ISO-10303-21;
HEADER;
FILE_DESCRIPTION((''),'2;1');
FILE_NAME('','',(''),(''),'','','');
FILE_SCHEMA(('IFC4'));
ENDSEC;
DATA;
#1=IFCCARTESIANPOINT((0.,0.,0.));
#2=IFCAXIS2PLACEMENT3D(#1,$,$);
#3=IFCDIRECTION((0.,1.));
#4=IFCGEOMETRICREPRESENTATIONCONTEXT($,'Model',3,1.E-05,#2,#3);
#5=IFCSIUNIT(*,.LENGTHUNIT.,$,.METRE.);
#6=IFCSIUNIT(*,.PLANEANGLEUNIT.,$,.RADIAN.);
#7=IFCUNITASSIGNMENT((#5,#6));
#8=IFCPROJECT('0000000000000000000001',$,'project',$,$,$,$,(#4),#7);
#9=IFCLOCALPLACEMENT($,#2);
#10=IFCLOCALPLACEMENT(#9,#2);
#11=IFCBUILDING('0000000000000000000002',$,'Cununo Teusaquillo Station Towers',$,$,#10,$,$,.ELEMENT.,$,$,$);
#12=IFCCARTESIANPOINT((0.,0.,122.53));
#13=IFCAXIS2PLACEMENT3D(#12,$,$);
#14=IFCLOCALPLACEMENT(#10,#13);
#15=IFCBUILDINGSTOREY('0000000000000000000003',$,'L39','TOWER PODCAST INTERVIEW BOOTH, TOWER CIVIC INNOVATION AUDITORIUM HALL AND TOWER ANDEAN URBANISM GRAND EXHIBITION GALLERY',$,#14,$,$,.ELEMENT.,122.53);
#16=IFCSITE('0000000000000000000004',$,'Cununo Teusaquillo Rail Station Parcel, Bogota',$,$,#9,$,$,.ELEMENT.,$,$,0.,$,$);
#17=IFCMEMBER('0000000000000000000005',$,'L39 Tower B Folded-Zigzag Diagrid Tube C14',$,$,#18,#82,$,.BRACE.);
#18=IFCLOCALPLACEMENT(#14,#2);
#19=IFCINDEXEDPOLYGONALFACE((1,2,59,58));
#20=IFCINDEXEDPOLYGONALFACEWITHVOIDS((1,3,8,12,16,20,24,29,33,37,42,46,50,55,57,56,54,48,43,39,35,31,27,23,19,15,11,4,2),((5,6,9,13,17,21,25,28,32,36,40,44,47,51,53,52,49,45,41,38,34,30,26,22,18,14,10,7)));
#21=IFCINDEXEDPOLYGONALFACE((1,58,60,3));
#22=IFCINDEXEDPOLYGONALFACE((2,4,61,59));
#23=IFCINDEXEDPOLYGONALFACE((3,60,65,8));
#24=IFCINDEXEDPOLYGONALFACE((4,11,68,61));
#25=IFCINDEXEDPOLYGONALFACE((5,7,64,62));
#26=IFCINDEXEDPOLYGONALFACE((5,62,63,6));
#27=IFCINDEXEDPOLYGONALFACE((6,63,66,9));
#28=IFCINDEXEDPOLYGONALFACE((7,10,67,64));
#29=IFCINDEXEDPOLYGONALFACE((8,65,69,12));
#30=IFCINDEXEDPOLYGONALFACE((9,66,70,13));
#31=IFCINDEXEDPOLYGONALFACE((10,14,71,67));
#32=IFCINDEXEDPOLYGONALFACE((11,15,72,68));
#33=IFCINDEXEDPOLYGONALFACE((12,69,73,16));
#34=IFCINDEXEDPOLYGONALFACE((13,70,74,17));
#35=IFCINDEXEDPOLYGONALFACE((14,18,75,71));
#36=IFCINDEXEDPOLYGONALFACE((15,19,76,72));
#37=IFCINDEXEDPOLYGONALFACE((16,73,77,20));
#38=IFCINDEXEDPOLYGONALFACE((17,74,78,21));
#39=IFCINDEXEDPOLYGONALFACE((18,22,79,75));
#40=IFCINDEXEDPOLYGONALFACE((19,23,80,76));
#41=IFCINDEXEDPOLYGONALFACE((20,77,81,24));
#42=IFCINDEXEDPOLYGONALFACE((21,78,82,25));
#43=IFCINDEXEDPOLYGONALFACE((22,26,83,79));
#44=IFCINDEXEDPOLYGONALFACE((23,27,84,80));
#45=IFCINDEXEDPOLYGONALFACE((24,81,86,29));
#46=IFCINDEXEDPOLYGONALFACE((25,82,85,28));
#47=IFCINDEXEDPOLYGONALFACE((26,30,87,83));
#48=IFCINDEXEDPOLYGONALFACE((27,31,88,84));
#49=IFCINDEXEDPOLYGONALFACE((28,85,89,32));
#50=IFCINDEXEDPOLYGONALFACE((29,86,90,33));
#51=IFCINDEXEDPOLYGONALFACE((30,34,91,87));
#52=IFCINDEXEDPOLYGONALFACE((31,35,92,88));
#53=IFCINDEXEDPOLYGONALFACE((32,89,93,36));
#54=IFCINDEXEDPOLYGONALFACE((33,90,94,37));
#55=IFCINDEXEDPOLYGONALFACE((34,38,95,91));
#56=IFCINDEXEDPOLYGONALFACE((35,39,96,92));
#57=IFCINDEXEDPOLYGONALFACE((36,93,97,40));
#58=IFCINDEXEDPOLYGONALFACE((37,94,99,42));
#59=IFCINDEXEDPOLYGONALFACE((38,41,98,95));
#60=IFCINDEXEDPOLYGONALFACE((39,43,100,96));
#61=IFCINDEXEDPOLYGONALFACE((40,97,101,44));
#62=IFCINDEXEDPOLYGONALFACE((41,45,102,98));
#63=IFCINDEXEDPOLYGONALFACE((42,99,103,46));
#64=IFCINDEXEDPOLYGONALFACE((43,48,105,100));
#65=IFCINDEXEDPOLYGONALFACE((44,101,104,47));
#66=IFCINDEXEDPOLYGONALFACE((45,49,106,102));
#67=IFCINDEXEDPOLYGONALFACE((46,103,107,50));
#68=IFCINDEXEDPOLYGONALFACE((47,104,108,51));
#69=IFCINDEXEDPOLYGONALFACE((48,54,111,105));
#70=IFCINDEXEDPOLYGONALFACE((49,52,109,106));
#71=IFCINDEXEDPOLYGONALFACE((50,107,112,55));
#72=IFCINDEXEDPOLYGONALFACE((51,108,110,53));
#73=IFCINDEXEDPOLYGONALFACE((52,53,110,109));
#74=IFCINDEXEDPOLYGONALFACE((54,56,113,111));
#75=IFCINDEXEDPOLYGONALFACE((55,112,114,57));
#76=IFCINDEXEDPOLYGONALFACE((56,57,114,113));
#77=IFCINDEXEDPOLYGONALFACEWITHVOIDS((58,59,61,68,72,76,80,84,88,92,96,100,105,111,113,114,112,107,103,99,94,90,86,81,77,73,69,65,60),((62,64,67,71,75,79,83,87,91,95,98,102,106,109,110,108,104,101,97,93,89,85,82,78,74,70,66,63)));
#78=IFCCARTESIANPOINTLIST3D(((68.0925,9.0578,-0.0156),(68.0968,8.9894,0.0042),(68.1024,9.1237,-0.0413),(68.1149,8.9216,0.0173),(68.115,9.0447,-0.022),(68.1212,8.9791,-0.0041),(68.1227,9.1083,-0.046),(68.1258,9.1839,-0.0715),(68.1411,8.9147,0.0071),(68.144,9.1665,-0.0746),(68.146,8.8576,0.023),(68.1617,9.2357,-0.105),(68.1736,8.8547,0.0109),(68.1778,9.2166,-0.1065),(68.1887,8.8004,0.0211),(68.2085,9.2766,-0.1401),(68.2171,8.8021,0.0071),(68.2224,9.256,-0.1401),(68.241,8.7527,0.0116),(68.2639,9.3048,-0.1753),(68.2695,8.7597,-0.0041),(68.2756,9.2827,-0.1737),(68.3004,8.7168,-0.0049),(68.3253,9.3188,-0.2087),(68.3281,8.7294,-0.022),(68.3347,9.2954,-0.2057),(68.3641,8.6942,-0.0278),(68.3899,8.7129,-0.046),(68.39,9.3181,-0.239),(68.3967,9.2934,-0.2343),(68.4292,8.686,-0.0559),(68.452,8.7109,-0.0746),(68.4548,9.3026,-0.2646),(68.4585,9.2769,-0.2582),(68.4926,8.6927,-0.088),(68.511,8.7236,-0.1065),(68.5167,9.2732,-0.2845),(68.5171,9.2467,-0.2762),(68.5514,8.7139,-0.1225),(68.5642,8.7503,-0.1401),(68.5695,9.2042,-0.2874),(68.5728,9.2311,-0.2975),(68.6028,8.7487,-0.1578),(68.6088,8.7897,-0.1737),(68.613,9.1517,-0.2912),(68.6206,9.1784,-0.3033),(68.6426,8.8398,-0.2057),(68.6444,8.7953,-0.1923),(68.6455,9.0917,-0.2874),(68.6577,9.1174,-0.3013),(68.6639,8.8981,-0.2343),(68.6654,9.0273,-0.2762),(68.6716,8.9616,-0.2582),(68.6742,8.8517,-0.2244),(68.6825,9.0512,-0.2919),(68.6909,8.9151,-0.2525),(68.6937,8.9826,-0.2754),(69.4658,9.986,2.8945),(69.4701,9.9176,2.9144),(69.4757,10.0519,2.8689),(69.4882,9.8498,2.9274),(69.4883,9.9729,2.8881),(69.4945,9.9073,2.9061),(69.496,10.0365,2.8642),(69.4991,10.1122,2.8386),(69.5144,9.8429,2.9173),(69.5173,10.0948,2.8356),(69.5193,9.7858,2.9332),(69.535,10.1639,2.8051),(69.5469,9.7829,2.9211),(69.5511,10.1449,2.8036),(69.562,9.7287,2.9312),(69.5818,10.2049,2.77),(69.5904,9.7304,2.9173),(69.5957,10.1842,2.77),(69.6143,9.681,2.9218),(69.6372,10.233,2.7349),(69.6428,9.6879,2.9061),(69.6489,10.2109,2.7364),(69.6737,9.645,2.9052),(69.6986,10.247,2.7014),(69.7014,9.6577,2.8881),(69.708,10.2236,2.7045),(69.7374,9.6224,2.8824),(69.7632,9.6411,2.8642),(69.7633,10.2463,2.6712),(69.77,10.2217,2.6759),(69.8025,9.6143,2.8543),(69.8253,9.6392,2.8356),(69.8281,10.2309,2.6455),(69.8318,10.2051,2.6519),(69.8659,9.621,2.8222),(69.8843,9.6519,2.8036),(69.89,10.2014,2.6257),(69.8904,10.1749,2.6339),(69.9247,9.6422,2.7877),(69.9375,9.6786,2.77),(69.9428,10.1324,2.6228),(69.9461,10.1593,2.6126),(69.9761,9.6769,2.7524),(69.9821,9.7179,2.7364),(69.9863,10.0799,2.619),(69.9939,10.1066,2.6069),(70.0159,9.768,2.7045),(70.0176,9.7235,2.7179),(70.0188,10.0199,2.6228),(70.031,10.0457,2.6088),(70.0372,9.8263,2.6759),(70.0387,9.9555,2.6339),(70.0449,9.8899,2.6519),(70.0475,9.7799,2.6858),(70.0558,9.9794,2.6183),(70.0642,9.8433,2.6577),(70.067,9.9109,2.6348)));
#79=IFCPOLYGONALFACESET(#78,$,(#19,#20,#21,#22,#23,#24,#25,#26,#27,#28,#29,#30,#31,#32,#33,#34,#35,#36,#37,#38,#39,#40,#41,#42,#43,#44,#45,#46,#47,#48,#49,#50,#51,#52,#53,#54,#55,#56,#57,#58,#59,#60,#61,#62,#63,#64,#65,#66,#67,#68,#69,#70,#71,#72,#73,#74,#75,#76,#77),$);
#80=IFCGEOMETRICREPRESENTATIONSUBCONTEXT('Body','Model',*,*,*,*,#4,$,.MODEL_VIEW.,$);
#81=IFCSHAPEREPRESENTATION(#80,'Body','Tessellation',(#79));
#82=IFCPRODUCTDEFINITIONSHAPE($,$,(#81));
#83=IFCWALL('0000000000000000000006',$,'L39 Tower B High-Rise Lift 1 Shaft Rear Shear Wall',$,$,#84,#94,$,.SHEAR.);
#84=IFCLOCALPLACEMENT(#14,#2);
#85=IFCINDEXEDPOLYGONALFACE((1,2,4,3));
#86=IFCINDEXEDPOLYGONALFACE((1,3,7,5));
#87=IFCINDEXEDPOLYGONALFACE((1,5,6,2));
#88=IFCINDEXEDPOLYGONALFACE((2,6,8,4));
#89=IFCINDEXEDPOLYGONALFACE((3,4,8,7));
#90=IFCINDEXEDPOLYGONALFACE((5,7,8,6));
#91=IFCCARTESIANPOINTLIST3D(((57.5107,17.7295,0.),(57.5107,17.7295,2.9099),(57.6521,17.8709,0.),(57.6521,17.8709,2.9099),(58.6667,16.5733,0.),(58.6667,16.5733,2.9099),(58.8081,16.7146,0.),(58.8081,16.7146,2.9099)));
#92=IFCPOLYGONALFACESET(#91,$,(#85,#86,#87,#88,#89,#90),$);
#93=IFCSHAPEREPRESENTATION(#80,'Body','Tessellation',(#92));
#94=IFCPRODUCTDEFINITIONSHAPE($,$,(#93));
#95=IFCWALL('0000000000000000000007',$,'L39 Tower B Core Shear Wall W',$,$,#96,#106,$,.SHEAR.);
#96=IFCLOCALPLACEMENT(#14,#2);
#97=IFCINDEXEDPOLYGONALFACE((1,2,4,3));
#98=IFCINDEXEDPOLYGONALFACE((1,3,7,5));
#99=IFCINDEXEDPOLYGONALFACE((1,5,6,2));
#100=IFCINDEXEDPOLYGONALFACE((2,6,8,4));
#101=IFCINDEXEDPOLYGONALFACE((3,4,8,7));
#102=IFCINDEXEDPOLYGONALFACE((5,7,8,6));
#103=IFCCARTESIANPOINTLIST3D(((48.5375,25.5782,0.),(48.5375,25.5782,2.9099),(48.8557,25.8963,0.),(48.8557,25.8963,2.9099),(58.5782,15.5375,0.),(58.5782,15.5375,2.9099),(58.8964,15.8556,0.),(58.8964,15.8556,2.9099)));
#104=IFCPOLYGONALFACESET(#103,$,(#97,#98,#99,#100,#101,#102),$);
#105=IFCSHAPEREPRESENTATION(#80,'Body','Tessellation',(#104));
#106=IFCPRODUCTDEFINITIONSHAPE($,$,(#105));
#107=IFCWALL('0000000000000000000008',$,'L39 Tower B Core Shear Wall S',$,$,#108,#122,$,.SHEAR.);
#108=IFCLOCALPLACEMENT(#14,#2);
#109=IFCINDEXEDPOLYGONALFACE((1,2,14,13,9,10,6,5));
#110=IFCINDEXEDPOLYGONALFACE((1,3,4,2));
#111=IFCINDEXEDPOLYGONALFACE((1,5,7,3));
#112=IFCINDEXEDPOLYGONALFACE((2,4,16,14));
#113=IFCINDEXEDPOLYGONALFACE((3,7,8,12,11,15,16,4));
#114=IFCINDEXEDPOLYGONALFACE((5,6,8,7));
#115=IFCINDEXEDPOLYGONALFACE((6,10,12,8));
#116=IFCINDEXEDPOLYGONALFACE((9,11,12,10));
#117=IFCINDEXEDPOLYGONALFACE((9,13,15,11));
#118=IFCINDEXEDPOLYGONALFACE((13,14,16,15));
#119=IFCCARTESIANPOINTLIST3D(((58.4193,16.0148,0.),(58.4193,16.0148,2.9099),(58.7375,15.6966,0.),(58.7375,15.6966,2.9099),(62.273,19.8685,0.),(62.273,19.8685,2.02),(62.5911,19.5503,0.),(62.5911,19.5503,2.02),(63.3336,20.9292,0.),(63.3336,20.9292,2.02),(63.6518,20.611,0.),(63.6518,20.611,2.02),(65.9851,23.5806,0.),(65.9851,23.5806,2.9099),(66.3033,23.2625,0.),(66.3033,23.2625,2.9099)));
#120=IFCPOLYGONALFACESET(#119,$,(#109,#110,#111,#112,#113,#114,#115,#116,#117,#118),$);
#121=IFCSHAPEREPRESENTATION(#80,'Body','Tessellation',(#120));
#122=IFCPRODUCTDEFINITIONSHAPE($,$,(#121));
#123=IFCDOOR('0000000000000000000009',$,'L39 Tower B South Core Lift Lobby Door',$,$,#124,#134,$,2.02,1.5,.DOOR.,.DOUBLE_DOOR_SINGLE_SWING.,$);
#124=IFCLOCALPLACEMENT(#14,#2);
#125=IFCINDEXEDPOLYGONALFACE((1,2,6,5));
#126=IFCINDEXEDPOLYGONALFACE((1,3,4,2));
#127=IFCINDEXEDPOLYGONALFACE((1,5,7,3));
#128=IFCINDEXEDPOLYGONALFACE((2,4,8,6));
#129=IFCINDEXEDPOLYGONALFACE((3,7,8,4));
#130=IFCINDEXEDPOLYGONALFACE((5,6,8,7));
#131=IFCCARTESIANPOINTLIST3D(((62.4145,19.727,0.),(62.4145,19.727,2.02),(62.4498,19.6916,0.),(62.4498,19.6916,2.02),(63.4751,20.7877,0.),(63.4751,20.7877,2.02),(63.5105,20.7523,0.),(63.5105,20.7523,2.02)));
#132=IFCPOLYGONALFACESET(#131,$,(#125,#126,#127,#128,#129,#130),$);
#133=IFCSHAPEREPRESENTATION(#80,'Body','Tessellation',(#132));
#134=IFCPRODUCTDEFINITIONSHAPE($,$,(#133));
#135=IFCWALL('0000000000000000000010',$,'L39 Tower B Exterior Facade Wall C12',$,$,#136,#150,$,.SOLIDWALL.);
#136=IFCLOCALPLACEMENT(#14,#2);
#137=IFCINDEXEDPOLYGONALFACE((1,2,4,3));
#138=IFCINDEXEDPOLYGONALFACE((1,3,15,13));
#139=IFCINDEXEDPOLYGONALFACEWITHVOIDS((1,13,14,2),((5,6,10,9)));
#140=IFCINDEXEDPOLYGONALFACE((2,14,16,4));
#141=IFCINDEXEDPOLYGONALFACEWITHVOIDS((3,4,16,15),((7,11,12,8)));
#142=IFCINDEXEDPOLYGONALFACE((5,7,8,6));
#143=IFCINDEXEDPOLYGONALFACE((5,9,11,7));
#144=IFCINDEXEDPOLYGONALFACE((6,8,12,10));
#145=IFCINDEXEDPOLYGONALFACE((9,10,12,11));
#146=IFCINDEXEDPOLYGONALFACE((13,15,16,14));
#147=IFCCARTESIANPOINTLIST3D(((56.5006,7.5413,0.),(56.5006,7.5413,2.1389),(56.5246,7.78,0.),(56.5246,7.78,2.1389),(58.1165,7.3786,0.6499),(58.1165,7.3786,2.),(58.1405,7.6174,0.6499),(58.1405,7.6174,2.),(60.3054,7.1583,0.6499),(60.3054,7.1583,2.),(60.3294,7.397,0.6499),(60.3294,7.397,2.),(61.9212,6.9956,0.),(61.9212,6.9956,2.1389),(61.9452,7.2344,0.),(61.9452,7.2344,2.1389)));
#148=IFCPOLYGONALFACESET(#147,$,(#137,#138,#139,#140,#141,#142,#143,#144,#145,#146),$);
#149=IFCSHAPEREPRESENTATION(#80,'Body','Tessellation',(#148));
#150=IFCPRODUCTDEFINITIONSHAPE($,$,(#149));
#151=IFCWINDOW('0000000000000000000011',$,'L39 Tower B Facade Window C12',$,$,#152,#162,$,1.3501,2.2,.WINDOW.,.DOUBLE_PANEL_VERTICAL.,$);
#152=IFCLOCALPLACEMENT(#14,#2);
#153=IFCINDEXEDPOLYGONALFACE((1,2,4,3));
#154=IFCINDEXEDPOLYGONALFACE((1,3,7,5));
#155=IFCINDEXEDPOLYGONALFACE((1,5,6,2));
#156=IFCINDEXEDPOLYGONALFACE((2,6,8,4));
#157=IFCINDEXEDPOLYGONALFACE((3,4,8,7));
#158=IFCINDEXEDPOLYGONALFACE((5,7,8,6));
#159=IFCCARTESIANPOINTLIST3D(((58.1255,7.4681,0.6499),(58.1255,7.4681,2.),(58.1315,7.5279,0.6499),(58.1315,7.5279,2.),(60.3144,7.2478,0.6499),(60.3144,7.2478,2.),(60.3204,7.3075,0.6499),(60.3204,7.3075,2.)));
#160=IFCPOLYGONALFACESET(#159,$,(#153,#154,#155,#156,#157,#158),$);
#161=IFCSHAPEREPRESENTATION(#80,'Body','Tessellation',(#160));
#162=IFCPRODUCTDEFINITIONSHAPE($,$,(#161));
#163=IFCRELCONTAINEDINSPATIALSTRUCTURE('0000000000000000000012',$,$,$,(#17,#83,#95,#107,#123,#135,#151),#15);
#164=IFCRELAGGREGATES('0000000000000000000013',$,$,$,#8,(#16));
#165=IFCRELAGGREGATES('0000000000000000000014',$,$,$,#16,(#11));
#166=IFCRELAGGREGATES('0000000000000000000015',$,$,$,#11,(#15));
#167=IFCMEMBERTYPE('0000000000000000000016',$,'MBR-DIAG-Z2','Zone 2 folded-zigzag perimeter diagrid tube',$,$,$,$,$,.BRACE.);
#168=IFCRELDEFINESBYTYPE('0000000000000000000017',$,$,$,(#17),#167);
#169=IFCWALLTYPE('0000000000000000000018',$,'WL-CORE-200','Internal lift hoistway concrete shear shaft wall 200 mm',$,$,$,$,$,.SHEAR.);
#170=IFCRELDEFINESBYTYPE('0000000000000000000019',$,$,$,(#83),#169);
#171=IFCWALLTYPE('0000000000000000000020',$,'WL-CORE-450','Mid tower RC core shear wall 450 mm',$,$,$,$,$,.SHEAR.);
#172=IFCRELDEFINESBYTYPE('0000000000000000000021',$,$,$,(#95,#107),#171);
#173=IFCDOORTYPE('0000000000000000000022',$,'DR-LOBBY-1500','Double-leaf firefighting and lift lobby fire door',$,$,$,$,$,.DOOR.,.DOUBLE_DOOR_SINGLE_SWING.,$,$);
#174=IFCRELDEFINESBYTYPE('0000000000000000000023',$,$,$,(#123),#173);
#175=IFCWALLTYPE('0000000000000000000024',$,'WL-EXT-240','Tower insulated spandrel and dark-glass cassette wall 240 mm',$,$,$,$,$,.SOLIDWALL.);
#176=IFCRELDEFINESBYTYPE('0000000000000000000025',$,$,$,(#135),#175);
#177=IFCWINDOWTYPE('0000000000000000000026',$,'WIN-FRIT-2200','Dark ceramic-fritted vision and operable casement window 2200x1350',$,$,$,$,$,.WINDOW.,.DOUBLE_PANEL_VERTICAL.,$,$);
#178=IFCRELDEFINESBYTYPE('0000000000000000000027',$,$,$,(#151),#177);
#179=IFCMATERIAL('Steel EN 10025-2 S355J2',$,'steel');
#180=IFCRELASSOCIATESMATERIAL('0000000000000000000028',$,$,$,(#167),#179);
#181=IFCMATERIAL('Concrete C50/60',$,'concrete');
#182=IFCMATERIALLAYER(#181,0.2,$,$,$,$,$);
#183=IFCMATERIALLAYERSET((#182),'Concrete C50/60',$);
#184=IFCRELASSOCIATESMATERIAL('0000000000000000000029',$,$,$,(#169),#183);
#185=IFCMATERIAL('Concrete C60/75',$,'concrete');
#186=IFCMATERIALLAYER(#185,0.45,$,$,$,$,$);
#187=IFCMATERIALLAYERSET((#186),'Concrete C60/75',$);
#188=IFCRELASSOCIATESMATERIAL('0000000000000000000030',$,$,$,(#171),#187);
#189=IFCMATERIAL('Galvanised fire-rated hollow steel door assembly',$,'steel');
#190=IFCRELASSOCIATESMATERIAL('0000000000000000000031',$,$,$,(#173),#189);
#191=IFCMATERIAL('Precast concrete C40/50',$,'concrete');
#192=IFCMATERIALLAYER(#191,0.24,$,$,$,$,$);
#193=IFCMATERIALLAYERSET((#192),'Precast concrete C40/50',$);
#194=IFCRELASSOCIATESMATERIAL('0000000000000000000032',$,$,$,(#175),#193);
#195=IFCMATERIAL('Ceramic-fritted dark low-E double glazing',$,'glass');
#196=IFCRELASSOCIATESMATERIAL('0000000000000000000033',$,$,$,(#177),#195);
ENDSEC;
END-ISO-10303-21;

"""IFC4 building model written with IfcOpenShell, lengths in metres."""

from ifc_helpers import new_model, si_unit, direction, frame, frame_2d, origin, origin_2d, place, context, subcontext, project, spatial, rectangle, hollow_circle, extrude, source, transform, mapped, material, layer, layer_set, material_profile, profile_set, type_object, element, fill, save


model = new_model("IFC4")

# Units and contexts
model_context = context("Model", 3, precision=1e-05, world=origin(), true_north=direction((0.0, 1.0)))
body_context = subcontext(model_context, "Body", "Model", "MODEL_VIEW")
ifc_project = project(units=[si_unit("LENGTHUNIT", "METRE"), si_unit("PLANEANGLEUNIT", "RADIAN")], contexts=[model_context])

# Site, building, storey
site_placement = place(None, origin())
site = spatial("IfcSite", under=ifc_project, at=site_placement, Name="Cununo Teusaquillo Rail Station Parcel, Bogota", CompositionType="ELEMENT", RefElevation=0.0)
building_placement = place(site_placement, origin())
building = spatial("IfcBuilding", under=site, at=building_placement, Name="Cununo Teusaquillo Station Towers", CompositionType="ELEMENT")
storey_placement = place(building_placement, frame((0.0, 0.0, 122.53)))
storey = spatial("IfcBuildingStorey", under=building, at=storey_placement, Name="L39", Description="TOWER PODCAST INTERVIEW BOOTH, TOWER CIVIC INNOVATION AUDITORIUM HALL AND TOWER ANDEAN URBANISM GRAND EXHIBITION GALLERY", CompositionType="ELEMENT", Elevation=122.53)

# Member
ifc_material_1 = material(Name="Steel EN 10025-2 S355J2", Category="steel")
ifc_material_profile_1 = material_profile(ifc_material_1, hollow_circle(Radius=0.3301, WallThickness=0.0249, at=origin_2d()), Name="CHS 660x25")
ifc_profile_set_1 = profile_set([ifc_material_profile_1], Name="Steel EN 10025-2 S355J2")
member_type = type_object("IfcMemberType", Name="MBR-DIAG-Z2", Description="Zone 2 folded-zigzag perimeter diagrid tube", PredefinedType="BRACE", material=ifc_profile_set_1)
member_placement = place(storey_placement, frame((68.3933, 9.0032, -0.1401), z_axis=(0.410047, 0.277155, 0.868934), x_axis=(-0.559991, 0.828498, 0.0)))
element("IfcMember", 1, at=member_placement, inside=storey, type_object=member_type, Name="L39 Tower B Folded-Zigzag Diagrid Tube C14", PredefinedType="BRACE", context=body_context, shape_type="SweptSolid", body=[
    extrude(hollow_circle(Radius=0.3301, WallThickness=0.0249, at=origin_2d()), origin(), (0.0, 0.0, 1.0), 3.3491),
])

# Walls
ifc_material_2 = material(Name="Concrete C50/60", Category="concrete")
ifc_layer_1 = layer(ifc_material_2, 0.2)
ifc_layer_set_1 = layer_set([ifc_layer_1], Name="Concrete C50/60")
wall_type_1 = type_object("IfcWallType", Name="WL-CORE-200", Description="Internal lift hoistway concrete shear shaft wall 200 mm", PredefinedType="SHEAR", material=ifc_layer_set_1)
wall_1_placement = place(storey_placement, frame((58.7373, 16.644, 0.0), z_axis=(0.0, 0.0, 1.0), x_axis=(-0.707032, 0.707181, 0.0)))
element("IfcWall", 2, at=wall_1_placement, inside=storey, type_object=wall_type_1, Name="L39 Tower B High-Rise Lift 1 Shaft Rear Shear Wall", PredefinedType="SHEAR", context=body_context, shape_type="SweptSolid", body=[
    extrude(rectangle(XDim=1.635, YDim=0.2, at=frame_2d((0.8174, 0.0))), origin(), (0.0, 0.0, 1.0), 2.9099),
])
ifc_material_3 = material(Name="Concrete C60/75", Category="concrete")
ifc_layer_2 = layer(ifc_material_3, 0.45)
ifc_layer_set_2 = layer_set([ifc_layer_2], Name="Concrete C60/75")
wall_type_2 = type_object("IfcWallType", Name="WL-CORE-450", Description="Mid tower RC core shear wall 450 mm", PredefinedType="SHEAR", material=ifc_layer_set_2)
wall_2_placement = place(storey_placement, frame((58.7373, 15.6965, 0.0), z_axis=(0.0, 0.0, 1.0), x_axis=(-0.707107, 0.707107, 0.0)))
element("IfcWall", 3, at=wall_2_placement, inside=storey, type_object=wall_type_2, Name="L39 Tower B Core Shear Wall W", PredefinedType="SHEAR", context=body_context, shape_type="SweptSolid", body=[
    extrude(rectangle(XDim=14.1997, YDim=0.45, at=frame_2d((7.0999, 0.0))), origin(), (0.0, 0.0, 1.0), 2.9099),
])

# Wall, opening, door
wall_3_placement = place(storey_placement, frame((58.5784, 15.8557, 0.0), z_axis=(0.0, 0.0, 1.0), x_axis=(0.707107, 0.707107, 0.0)))
wall_3 = element("IfcWall", 4, at=wall_3_placement, inside=storey, type_object=wall_type_2, Name="L39 Tower B Core Shear Wall S", PredefinedType="SHEAR", context=body_context, shape_type="SweptSolid", body=[
    extrude(rectangle(XDim=10.6997, YDim=0.45, at=frame_2d((5.3499, 0.0))), origin(), (0.0, 0.0, 1.0), 2.9099),
])
shared_shape_1 = source(origin(), body_context, "Body", "SweptSolid", [
    extrude(rectangle(XDim=1.5, YDim=2.02, at=frame_2d((0.75, 1.01))), frame((0.0, 0.2349, 0.0), z_axis=(0.0, -1.0, 0.0), x_axis=(1.0, 0.0, 0.0)), (0.0, 0.0, 1.0), 0.47),
])
opening_1_placement = place(wall_3_placement, frame((5.45, 0.0, 0.0)))
opening_1 = element("IfcOpeningElement", 5, at=opening_1_placement, cuts=wall_3, PredefinedType="OPENING", context=body_context, shape_type="MappedRepresentation", body=[
    mapped(shared_shape_1, transform((0.0, 0.0, 0.0), x_axis=(1.0, 0.0, 0.0), y_axis=(0.0, 1.0, 0.0), z_axis=(0.0, 0.0, 1.0), scale=1.0)),
])
ifc_material_4 = material(Name="Galvanised fire-rated hollow steel door assembly", Category="steel")
door_type_1 = type_object("IfcDoorType", Name="DR-LOBBY-1500", Description="Double-leaf firefighting and lift lobby fire door", OperationType="DOUBLE_DOOR_SINGLE_SWING", PredefinedType="DOOR", material=ifc_material_4)
shared_shape_2 = source(origin(), body_context, "Body", "SweptSolid", [
    extrude(rectangle(XDim=1.5, YDim=2.02, at=frame_2d((0.75, 1.01))), frame((0.0, 0.0249, 0.0), z_axis=(0.0, -1.0, 0.0), x_axis=(1.0, 0.0, 0.0)), (0.0, 0.0, 1.0), 0.05),
])
door_1_placement = place(opening_1_placement, origin())
door_1 = element("IfcDoor", 6, at=door_1_placement, inside=storey, type_object=door_type_1, Name="L39 Tower B South Core Lift Lobby Door", OperationType="DOUBLE_DOOR_SINGLE_SWING", OverallHeight=2.02, OverallWidth=1.5, PredefinedType="DOOR", context=body_context, shape_type="MappedRepresentation", body=[
    mapped(shared_shape_2, transform((0.0, 0.0, 0.0), x_axis=(1.0, 0.0, 0.0), y_axis=(0.0, 1.0, 0.0), z_axis=(0.0, 0.0, 1.0), scale=1.0)),
])
fill(opening_1, door_1)

# Wall, opening, window
ifc_material_5 = material(Name="Precast concrete C40/50", Category="concrete")
ifc_layer_3 = layer(ifc_material_5, 0.24)
ifc_layer_set_3 = layer_set([ifc_layer_3], Name="Precast concrete C40/50")
wall_type_3 = type_object("IfcWallType", Name="WL-EXT-240", Description="Tower insulated spandrel and dark-glass cassette wall 240 mm", PredefinedType="SOLIDWALL", material=ifc_layer_set_3)
wall_4_placement = place(storey_placement, frame((61.9333, 7.115, 0.0), z_axis=(0.0, 0.0, 1.0), x_axis=(-0.994972, 0.100156, 0.0)))
wall_4 = element("IfcWall", 7, at=wall_4_placement, inside=storey, type_object=wall_type_3, Name="L39 Tower B Exterior Facade Wall C12", PredefinedType="SOLIDWALL", context=body_context, shape_type="SweptSolid", body=[
    extrude(rectangle(XDim=5.448, YDim=0.24, at=frame_2d((2.7241, 0.0))), origin(), (0.0, 0.0, 1.0), 2.1389),
])
shared_shape_3 = source(origin(), body_context, "Body", "SweptSolid", [
    extrude(rectangle(XDim=2.2, YDim=1.3501, at=frame_2d((1.1001, 0.675))), frame((0.0, 0.1299, 0.0), z_axis=(0.0, -1.0, 0.0), x_axis=(1.0, 0.0, 0.0)), (0.0, 0.0, 1.0), 0.26),
])
opening_2_placement = place(wall_4_placement, frame((1.624, 0.0, 0.6499)))
opening_2 = element("IfcOpeningElement", 8, at=opening_2_placement, cuts=wall_4, PredefinedType="OPENING", context=body_context, shape_type="MappedRepresentation", body=[
    mapped(shared_shape_3, transform((0.0, 0.0, 0.0), x_axis=(1.0, 0.0, 0.0), y_axis=(0.0, 1.0, 0.0), z_axis=(0.0, 0.0, 1.0), scale=1.0)),
])
ifc_material_6 = material(Name="Ceramic-fritted dark low-E double glazing", Category="glass")
window_type_1 = type_object("IfcWindowType", Name="WIN-FRIT-2200", Description="Dark ceramic-fritted vision and operable casement window 2200x1350", PartitioningType="DOUBLE_PANEL_VERTICAL", PredefinedType="WINDOW", material=ifc_material_6)
shared_shape_4 = source(origin(), body_context, "Body", "SweptSolid", [
    extrude(rectangle(XDim=2.2, YDim=1.3501, at=frame_2d((1.1001, 0.675))), frame((0.0, 0.03, 0.0), z_axis=(0.0, -1.0, 0.0), x_axis=(1.0, 0.0, 0.0)), (0.0, 0.0, 1.0), 0.0601),
])
window_1_placement = place(opening_2_placement, origin())
window_1 = element("IfcWindow", 9, at=window_1_placement, inside=storey, type_object=window_type_1, Name="L39 Tower B Facade Window C12", OverallHeight=1.3501, OverallWidth=2.2, PartitioningType="DOUBLE_PANEL_VERTICAL", PredefinedType="WINDOW", context=body_context, shape_type="MappedRepresentation", body=[
    mapped(shared_shape_4, transform((0.0, 0.0, 0.0), x_axis=(1.0, 0.0, 0.0), y_axis=(0.0, 1.0, 0.0), z_axis=(0.0, 0.0, 1.0), scale=1.0)),
])
fill(opening_2, window_1)

save(model, "model.ifc")
